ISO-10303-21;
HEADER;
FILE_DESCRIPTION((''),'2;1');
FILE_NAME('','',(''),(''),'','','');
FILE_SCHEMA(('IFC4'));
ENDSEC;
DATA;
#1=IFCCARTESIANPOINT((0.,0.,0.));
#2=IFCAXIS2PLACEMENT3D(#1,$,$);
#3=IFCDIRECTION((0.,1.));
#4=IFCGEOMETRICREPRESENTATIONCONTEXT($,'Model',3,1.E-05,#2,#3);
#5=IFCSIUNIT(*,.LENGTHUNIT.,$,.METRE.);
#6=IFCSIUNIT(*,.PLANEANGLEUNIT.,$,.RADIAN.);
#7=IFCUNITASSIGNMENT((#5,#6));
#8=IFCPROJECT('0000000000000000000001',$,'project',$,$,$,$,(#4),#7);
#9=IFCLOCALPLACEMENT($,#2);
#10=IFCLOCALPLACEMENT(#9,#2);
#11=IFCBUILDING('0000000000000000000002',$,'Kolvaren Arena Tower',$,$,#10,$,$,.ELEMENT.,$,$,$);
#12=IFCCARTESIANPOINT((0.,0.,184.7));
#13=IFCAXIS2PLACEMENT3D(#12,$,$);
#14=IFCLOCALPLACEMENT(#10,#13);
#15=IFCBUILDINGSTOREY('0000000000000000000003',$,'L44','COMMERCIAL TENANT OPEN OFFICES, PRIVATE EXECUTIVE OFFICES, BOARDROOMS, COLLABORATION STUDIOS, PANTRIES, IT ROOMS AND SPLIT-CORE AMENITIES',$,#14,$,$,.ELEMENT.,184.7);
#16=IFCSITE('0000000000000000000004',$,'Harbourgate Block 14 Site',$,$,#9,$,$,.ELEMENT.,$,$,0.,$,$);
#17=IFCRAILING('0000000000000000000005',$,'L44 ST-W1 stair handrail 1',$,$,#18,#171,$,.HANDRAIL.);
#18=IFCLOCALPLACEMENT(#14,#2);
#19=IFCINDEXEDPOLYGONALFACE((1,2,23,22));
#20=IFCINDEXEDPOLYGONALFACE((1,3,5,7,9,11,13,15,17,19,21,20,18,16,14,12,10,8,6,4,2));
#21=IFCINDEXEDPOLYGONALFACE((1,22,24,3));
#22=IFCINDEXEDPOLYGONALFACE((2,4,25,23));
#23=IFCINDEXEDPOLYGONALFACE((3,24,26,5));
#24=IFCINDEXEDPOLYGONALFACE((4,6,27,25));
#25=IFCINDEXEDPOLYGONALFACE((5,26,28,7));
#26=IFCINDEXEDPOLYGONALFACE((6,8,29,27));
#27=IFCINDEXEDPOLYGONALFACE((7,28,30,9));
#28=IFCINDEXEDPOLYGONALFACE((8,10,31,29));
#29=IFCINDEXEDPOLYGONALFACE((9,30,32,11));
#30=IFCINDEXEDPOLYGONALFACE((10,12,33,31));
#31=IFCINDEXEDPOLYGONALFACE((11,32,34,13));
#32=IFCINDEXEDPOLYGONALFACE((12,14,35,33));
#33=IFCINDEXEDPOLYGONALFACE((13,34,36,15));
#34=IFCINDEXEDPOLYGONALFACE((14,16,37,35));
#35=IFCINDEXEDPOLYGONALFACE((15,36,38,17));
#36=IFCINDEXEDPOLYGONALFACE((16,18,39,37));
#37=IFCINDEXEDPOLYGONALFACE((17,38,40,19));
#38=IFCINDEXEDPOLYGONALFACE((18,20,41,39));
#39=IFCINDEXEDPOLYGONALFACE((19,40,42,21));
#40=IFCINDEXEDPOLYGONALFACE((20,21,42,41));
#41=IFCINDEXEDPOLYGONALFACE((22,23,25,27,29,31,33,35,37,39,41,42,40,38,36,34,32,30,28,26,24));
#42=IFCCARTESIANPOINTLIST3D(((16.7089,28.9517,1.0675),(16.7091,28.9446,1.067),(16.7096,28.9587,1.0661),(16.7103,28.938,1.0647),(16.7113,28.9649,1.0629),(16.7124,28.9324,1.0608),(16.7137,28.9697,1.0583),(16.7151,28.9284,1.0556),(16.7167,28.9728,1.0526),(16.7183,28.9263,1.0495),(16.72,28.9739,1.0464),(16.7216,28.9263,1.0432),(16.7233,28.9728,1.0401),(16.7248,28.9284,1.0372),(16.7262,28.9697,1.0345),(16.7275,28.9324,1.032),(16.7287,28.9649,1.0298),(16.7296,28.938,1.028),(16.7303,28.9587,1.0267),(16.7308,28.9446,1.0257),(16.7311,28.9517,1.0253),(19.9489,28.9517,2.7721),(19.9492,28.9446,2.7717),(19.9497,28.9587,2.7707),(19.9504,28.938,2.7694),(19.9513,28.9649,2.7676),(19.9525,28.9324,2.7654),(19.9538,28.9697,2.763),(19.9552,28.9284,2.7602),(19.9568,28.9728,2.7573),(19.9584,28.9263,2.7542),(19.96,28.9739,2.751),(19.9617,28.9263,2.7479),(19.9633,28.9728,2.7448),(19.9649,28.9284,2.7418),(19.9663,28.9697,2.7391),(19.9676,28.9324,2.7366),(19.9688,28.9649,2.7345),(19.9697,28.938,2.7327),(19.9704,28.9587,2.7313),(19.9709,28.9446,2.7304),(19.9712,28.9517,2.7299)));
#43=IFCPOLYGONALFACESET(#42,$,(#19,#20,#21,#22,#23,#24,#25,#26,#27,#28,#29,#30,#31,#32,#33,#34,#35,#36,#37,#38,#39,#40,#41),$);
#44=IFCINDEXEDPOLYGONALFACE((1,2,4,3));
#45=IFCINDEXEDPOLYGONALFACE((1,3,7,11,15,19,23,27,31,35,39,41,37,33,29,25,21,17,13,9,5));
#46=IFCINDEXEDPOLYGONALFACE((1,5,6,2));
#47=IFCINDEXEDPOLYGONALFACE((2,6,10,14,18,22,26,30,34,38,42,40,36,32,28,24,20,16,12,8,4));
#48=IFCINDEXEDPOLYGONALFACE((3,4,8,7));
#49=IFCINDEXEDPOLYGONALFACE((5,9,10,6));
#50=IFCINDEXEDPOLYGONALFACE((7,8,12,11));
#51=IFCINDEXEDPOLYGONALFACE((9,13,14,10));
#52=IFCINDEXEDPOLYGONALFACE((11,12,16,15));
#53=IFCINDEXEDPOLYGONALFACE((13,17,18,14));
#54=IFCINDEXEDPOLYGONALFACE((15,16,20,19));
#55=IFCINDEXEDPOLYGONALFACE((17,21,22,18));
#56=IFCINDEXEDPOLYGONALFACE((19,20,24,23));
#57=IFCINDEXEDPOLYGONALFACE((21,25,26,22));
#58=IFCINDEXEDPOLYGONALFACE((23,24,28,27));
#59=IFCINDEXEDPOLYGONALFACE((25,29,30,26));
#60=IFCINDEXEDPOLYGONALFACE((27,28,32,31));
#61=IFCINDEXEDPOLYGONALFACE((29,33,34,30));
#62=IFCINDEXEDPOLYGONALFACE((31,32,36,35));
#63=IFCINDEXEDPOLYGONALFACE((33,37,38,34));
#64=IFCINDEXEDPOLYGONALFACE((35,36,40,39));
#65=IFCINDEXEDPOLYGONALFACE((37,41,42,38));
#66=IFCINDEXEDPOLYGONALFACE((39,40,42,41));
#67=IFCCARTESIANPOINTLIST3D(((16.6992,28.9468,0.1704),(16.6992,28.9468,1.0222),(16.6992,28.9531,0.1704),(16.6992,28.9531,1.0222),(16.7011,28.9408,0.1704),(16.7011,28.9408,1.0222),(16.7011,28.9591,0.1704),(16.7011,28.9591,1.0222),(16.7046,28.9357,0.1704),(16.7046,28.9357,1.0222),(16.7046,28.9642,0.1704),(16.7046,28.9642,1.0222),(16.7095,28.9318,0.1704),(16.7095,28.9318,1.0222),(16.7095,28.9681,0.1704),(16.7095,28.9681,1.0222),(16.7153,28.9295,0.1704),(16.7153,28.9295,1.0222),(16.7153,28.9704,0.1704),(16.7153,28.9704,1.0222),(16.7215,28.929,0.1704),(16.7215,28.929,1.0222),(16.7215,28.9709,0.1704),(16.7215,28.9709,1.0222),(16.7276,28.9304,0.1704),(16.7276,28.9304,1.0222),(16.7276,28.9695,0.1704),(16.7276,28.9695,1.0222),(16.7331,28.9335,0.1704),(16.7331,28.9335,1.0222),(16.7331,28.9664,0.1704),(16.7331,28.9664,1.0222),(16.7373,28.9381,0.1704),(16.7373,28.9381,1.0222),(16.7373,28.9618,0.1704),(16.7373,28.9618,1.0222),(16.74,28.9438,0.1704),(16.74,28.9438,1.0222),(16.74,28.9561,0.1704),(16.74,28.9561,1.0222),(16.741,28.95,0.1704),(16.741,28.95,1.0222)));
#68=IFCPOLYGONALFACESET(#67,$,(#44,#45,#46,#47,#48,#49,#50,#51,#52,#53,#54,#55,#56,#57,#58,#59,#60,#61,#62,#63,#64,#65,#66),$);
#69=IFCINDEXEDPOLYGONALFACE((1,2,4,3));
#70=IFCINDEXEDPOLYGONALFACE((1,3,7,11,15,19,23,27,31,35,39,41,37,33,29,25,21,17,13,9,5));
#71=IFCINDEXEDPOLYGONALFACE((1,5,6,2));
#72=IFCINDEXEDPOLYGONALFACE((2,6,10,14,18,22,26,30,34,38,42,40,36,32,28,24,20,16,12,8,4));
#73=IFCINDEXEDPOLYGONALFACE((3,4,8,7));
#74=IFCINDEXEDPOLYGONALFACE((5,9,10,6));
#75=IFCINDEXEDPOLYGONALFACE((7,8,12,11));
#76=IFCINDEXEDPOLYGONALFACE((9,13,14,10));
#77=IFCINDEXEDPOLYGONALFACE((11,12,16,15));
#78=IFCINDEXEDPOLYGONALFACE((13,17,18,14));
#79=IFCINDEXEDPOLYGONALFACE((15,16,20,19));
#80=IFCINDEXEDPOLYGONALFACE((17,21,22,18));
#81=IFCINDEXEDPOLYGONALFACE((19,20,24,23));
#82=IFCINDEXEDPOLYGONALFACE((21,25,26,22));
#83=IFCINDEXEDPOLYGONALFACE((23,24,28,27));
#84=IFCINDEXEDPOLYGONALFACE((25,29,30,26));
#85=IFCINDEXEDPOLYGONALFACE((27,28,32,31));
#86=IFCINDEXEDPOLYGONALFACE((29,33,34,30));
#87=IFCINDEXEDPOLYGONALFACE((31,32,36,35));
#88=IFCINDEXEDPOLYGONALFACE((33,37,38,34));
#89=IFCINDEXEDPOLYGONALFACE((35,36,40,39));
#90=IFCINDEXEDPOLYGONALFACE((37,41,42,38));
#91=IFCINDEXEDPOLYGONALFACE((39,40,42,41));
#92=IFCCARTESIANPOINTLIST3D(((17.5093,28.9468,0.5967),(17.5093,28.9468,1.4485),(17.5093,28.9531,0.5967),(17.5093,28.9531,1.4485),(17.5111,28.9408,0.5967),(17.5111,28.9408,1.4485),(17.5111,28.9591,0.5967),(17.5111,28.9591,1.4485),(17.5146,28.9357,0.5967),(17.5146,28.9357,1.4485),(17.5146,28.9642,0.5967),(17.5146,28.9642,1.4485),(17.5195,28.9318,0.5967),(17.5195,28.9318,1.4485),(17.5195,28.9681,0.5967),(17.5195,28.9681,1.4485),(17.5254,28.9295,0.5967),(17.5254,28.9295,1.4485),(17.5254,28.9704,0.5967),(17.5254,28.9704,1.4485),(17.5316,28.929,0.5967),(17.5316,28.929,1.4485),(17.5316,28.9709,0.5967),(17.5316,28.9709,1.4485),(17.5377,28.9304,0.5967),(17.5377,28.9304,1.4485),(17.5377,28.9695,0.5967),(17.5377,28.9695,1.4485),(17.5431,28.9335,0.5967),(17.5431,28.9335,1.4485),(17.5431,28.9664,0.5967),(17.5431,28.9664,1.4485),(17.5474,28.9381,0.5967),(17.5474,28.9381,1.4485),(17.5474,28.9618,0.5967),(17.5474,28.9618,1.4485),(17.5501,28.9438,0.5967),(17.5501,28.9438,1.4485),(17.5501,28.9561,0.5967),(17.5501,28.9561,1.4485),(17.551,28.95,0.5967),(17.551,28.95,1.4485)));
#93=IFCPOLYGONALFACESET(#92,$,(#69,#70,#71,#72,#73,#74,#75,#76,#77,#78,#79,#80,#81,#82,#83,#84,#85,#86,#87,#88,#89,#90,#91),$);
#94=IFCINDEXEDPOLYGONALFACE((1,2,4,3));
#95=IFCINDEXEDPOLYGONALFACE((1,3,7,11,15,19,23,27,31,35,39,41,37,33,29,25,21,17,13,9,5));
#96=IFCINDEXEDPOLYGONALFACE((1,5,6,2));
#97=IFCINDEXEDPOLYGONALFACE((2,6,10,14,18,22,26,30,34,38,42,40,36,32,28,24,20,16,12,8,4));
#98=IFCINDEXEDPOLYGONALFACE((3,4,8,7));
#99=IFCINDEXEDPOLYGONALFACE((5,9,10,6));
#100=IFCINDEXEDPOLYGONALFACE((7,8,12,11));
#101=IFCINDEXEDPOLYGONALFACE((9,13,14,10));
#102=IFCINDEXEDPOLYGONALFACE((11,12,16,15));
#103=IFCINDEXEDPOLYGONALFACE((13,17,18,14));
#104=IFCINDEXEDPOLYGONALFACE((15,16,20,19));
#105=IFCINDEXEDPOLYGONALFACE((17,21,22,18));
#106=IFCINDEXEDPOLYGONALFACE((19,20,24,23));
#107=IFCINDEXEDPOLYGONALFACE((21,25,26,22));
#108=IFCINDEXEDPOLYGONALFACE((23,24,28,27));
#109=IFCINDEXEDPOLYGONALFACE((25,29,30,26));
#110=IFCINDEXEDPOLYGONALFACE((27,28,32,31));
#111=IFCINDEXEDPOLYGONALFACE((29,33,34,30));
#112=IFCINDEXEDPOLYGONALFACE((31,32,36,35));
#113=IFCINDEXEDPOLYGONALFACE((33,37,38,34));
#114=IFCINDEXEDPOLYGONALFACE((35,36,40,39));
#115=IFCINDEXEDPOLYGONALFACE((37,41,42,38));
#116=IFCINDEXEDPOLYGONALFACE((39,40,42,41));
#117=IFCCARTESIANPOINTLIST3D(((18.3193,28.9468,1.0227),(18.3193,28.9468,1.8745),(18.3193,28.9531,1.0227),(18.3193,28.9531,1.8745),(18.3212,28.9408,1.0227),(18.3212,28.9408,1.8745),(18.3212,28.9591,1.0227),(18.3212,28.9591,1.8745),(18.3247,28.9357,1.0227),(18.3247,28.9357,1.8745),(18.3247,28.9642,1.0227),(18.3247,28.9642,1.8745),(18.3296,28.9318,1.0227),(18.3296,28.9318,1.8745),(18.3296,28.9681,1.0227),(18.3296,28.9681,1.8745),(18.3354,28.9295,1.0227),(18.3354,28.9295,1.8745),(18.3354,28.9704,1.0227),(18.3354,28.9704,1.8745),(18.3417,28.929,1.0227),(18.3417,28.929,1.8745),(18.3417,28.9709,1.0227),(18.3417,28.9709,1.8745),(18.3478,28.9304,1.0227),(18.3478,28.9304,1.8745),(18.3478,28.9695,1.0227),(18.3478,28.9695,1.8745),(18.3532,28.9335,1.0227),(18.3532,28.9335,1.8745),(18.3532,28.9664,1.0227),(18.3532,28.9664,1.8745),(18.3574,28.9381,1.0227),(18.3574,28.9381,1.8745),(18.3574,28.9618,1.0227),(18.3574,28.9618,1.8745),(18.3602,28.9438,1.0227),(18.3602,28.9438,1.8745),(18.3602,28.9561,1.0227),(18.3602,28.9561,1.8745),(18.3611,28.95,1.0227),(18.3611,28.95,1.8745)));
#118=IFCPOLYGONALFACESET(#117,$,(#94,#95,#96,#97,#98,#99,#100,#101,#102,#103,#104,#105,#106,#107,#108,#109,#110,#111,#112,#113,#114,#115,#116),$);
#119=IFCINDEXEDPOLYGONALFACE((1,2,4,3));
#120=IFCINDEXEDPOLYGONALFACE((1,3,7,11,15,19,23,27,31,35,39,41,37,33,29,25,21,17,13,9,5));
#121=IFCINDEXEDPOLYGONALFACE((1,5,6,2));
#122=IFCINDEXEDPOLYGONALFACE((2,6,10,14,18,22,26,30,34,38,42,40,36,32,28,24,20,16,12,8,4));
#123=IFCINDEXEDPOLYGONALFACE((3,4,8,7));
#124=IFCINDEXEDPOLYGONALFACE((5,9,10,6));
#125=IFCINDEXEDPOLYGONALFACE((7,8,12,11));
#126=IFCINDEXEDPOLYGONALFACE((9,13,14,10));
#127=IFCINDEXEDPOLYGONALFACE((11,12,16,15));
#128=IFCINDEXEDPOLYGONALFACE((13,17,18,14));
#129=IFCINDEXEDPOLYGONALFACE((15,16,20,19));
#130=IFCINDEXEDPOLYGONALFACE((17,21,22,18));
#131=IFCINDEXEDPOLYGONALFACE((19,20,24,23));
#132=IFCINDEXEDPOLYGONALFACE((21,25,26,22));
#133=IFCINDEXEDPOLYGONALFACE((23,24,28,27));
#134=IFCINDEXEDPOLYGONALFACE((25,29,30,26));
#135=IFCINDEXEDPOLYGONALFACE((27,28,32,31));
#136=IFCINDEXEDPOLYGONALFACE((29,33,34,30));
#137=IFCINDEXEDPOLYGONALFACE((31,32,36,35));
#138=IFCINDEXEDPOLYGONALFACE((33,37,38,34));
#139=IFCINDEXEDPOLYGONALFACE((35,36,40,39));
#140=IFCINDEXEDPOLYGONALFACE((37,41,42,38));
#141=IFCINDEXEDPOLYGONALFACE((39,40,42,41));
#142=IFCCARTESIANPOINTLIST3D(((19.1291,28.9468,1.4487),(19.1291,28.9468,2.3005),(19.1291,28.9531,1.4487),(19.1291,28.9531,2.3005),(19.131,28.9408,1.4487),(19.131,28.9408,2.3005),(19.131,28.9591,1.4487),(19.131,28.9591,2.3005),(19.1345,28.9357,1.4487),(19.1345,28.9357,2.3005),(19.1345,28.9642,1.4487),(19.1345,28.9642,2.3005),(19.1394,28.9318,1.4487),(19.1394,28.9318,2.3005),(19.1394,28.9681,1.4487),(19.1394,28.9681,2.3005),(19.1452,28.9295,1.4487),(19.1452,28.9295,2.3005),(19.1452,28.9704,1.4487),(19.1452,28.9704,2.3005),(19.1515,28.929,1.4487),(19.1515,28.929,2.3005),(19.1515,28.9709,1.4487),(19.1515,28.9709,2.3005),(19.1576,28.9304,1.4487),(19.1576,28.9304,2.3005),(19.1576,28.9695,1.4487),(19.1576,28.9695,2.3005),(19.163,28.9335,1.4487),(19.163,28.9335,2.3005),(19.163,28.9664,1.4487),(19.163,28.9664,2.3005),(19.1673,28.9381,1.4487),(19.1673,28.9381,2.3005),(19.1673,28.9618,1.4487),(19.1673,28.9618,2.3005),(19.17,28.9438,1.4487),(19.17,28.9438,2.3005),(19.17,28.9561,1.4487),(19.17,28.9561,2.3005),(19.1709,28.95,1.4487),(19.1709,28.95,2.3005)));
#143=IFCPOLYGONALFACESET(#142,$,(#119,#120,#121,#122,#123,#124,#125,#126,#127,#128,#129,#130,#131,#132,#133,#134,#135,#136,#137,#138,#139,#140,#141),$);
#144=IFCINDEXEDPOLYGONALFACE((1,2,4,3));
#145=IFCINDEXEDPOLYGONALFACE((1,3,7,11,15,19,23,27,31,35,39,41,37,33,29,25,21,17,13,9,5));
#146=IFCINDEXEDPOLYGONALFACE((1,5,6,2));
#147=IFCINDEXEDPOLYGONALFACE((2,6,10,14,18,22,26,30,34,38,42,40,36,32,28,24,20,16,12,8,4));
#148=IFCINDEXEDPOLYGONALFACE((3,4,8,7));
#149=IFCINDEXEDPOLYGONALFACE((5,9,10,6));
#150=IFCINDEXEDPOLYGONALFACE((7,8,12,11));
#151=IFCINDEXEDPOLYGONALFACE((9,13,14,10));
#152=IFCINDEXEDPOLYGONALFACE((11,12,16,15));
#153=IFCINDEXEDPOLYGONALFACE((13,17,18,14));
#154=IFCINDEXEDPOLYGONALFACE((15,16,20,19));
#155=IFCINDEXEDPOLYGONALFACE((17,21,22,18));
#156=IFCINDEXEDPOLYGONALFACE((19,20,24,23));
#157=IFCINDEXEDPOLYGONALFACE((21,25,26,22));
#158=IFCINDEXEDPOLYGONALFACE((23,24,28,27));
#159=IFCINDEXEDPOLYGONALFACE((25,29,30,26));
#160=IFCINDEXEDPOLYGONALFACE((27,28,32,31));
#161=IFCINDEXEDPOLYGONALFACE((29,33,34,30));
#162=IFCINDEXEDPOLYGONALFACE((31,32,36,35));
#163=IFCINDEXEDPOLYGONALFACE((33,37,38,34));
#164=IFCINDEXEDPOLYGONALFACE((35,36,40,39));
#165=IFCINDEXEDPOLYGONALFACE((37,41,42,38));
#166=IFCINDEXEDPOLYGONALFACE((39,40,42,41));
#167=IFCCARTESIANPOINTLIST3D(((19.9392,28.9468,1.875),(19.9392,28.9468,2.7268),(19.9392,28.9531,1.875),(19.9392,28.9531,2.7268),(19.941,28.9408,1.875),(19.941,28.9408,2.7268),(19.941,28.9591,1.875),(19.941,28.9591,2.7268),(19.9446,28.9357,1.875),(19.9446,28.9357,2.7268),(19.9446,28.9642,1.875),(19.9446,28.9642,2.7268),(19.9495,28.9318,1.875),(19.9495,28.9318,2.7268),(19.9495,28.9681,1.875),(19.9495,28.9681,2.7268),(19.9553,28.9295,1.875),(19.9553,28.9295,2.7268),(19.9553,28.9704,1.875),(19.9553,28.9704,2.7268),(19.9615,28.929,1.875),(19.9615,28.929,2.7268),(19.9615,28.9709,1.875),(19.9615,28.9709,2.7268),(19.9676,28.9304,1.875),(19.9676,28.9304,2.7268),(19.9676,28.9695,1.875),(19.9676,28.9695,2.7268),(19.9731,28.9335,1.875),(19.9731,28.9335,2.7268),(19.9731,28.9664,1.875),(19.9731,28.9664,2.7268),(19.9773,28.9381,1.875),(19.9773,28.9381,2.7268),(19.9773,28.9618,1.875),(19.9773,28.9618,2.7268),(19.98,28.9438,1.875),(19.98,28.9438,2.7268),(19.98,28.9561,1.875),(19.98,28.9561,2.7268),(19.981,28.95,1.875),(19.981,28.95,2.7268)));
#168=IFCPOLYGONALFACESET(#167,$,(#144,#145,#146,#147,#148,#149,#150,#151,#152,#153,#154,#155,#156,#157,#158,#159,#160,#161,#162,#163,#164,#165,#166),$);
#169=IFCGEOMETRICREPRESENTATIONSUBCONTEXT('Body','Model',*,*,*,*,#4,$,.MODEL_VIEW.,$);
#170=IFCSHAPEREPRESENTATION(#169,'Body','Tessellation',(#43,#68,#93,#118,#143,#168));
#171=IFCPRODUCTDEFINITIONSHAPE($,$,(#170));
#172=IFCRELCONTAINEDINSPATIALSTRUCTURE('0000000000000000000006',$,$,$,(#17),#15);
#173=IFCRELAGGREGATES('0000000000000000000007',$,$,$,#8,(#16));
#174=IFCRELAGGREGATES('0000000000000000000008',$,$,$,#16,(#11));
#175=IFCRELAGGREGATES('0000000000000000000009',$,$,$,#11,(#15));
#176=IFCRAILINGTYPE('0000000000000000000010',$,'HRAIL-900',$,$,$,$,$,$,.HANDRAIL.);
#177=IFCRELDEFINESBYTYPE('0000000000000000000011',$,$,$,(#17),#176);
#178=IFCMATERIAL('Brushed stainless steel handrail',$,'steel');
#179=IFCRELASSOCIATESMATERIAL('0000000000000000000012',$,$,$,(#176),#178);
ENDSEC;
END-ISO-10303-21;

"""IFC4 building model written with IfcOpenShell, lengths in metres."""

from ifc_helpers import new_model, si_unit, direction, frame, origin, origin_2d, place, context, subcontext, project, spatial, circle, extrude, material, type_object, element, save


model = new_model("IFC4")

# Units and contexts
model_context = context("Model", 3, precision=1e-05, world=origin(), true_north=direction((0.0, 1.0)))
body_context = subcontext(model_context, "Body", "Model", "MODEL_VIEW")
ifc_project = project(units=[si_unit("LENGTHUNIT", "METRE"), si_unit("PLANEANGLEUNIT", "RADIAN")], contexts=[model_context])

# Site, building, storey
site_placement = place(None, origin())
site = spatial("IfcSite", under=ifc_project, at=site_placement, Name="Harbourgate Block 14 Site", CompositionType="ELEMENT", RefElevation=0.0)
building_placement = place(site_placement, origin())
building = spatial("IfcBuilding", under=site, at=building_placement, Name="Kolvaren Arena Tower", CompositionType="ELEMENT")
storey_placement = place(building_placement, frame((0.0, 0.0, 184.7)))
storey = spatial("IfcBuildingStorey", under=building, at=storey_placement, Name="L44", Description="COMMERCIAL TENANT OPEN OFFICES, PRIVATE EXECUTIVE OFFICES, BOARDROOMS, COLLABORATION STUDIOS, PANTRIES, IT ROOMS AND SPLIT-CORE AMENITIES", CompositionType="ELEMENT", Elevation=184.7)

# Railing
ifc_material_1 = material(Name="Brushed stainless steel handrail", Category="steel")
railing_type_1 = type_object("IfcRailingType", Name="HRAIL-900", PredefinedType="HANDRAIL", material=ifc_material_1)
railing_1_placement = place(storey_placement, frame((16.72, 28.95, 0.1704)))
element("IfcRailing", 1, at=railing_1_placement, inside=storey, type_object=railing_type_1, Name="L44 ST-W1 stair handrail 1", PredefinedType="HANDRAIL", context=body_context, shape_type="SweptSolid", body=[
    extrude(circle(Radius=0.0239, at=origin_2d()), frame((0.0, 0.0, 0.876), z_axis=(0.884993, 0.0, 0.465604), x_axis=(0.0, 1.0, 0.0)), (0.0, 0.0, 1.0), 3.6611),
    extrude(circle(Radius=0.021, at=origin_2d()), origin(), (0.0, 0.0, 1.0), 0.8518),
    extrude(circle(Radius=0.021, at=origin_2d()), frame((0.8101, 0.0, 0.4263)), (0.0, 0.0, 1.0), 0.8518),
    extrude(circle(Radius=0.021, at=origin_2d()), frame((1.6201, 0.0, 0.8523)), (0.0, 0.0, 1.0), 0.8518),
    extrude(circle(Radius=0.021, at=origin_2d()), frame((2.4299, 0.0, 1.2783)), (0.0, 0.0, 1.0), 0.8518),
    extrude(circle(Radius=0.021, at=origin_2d()), frame((3.24, 0.0, 1.7046)), (0.0, 0.0, 1.0), 0.8518),
])

save(model, "model.ifc")
